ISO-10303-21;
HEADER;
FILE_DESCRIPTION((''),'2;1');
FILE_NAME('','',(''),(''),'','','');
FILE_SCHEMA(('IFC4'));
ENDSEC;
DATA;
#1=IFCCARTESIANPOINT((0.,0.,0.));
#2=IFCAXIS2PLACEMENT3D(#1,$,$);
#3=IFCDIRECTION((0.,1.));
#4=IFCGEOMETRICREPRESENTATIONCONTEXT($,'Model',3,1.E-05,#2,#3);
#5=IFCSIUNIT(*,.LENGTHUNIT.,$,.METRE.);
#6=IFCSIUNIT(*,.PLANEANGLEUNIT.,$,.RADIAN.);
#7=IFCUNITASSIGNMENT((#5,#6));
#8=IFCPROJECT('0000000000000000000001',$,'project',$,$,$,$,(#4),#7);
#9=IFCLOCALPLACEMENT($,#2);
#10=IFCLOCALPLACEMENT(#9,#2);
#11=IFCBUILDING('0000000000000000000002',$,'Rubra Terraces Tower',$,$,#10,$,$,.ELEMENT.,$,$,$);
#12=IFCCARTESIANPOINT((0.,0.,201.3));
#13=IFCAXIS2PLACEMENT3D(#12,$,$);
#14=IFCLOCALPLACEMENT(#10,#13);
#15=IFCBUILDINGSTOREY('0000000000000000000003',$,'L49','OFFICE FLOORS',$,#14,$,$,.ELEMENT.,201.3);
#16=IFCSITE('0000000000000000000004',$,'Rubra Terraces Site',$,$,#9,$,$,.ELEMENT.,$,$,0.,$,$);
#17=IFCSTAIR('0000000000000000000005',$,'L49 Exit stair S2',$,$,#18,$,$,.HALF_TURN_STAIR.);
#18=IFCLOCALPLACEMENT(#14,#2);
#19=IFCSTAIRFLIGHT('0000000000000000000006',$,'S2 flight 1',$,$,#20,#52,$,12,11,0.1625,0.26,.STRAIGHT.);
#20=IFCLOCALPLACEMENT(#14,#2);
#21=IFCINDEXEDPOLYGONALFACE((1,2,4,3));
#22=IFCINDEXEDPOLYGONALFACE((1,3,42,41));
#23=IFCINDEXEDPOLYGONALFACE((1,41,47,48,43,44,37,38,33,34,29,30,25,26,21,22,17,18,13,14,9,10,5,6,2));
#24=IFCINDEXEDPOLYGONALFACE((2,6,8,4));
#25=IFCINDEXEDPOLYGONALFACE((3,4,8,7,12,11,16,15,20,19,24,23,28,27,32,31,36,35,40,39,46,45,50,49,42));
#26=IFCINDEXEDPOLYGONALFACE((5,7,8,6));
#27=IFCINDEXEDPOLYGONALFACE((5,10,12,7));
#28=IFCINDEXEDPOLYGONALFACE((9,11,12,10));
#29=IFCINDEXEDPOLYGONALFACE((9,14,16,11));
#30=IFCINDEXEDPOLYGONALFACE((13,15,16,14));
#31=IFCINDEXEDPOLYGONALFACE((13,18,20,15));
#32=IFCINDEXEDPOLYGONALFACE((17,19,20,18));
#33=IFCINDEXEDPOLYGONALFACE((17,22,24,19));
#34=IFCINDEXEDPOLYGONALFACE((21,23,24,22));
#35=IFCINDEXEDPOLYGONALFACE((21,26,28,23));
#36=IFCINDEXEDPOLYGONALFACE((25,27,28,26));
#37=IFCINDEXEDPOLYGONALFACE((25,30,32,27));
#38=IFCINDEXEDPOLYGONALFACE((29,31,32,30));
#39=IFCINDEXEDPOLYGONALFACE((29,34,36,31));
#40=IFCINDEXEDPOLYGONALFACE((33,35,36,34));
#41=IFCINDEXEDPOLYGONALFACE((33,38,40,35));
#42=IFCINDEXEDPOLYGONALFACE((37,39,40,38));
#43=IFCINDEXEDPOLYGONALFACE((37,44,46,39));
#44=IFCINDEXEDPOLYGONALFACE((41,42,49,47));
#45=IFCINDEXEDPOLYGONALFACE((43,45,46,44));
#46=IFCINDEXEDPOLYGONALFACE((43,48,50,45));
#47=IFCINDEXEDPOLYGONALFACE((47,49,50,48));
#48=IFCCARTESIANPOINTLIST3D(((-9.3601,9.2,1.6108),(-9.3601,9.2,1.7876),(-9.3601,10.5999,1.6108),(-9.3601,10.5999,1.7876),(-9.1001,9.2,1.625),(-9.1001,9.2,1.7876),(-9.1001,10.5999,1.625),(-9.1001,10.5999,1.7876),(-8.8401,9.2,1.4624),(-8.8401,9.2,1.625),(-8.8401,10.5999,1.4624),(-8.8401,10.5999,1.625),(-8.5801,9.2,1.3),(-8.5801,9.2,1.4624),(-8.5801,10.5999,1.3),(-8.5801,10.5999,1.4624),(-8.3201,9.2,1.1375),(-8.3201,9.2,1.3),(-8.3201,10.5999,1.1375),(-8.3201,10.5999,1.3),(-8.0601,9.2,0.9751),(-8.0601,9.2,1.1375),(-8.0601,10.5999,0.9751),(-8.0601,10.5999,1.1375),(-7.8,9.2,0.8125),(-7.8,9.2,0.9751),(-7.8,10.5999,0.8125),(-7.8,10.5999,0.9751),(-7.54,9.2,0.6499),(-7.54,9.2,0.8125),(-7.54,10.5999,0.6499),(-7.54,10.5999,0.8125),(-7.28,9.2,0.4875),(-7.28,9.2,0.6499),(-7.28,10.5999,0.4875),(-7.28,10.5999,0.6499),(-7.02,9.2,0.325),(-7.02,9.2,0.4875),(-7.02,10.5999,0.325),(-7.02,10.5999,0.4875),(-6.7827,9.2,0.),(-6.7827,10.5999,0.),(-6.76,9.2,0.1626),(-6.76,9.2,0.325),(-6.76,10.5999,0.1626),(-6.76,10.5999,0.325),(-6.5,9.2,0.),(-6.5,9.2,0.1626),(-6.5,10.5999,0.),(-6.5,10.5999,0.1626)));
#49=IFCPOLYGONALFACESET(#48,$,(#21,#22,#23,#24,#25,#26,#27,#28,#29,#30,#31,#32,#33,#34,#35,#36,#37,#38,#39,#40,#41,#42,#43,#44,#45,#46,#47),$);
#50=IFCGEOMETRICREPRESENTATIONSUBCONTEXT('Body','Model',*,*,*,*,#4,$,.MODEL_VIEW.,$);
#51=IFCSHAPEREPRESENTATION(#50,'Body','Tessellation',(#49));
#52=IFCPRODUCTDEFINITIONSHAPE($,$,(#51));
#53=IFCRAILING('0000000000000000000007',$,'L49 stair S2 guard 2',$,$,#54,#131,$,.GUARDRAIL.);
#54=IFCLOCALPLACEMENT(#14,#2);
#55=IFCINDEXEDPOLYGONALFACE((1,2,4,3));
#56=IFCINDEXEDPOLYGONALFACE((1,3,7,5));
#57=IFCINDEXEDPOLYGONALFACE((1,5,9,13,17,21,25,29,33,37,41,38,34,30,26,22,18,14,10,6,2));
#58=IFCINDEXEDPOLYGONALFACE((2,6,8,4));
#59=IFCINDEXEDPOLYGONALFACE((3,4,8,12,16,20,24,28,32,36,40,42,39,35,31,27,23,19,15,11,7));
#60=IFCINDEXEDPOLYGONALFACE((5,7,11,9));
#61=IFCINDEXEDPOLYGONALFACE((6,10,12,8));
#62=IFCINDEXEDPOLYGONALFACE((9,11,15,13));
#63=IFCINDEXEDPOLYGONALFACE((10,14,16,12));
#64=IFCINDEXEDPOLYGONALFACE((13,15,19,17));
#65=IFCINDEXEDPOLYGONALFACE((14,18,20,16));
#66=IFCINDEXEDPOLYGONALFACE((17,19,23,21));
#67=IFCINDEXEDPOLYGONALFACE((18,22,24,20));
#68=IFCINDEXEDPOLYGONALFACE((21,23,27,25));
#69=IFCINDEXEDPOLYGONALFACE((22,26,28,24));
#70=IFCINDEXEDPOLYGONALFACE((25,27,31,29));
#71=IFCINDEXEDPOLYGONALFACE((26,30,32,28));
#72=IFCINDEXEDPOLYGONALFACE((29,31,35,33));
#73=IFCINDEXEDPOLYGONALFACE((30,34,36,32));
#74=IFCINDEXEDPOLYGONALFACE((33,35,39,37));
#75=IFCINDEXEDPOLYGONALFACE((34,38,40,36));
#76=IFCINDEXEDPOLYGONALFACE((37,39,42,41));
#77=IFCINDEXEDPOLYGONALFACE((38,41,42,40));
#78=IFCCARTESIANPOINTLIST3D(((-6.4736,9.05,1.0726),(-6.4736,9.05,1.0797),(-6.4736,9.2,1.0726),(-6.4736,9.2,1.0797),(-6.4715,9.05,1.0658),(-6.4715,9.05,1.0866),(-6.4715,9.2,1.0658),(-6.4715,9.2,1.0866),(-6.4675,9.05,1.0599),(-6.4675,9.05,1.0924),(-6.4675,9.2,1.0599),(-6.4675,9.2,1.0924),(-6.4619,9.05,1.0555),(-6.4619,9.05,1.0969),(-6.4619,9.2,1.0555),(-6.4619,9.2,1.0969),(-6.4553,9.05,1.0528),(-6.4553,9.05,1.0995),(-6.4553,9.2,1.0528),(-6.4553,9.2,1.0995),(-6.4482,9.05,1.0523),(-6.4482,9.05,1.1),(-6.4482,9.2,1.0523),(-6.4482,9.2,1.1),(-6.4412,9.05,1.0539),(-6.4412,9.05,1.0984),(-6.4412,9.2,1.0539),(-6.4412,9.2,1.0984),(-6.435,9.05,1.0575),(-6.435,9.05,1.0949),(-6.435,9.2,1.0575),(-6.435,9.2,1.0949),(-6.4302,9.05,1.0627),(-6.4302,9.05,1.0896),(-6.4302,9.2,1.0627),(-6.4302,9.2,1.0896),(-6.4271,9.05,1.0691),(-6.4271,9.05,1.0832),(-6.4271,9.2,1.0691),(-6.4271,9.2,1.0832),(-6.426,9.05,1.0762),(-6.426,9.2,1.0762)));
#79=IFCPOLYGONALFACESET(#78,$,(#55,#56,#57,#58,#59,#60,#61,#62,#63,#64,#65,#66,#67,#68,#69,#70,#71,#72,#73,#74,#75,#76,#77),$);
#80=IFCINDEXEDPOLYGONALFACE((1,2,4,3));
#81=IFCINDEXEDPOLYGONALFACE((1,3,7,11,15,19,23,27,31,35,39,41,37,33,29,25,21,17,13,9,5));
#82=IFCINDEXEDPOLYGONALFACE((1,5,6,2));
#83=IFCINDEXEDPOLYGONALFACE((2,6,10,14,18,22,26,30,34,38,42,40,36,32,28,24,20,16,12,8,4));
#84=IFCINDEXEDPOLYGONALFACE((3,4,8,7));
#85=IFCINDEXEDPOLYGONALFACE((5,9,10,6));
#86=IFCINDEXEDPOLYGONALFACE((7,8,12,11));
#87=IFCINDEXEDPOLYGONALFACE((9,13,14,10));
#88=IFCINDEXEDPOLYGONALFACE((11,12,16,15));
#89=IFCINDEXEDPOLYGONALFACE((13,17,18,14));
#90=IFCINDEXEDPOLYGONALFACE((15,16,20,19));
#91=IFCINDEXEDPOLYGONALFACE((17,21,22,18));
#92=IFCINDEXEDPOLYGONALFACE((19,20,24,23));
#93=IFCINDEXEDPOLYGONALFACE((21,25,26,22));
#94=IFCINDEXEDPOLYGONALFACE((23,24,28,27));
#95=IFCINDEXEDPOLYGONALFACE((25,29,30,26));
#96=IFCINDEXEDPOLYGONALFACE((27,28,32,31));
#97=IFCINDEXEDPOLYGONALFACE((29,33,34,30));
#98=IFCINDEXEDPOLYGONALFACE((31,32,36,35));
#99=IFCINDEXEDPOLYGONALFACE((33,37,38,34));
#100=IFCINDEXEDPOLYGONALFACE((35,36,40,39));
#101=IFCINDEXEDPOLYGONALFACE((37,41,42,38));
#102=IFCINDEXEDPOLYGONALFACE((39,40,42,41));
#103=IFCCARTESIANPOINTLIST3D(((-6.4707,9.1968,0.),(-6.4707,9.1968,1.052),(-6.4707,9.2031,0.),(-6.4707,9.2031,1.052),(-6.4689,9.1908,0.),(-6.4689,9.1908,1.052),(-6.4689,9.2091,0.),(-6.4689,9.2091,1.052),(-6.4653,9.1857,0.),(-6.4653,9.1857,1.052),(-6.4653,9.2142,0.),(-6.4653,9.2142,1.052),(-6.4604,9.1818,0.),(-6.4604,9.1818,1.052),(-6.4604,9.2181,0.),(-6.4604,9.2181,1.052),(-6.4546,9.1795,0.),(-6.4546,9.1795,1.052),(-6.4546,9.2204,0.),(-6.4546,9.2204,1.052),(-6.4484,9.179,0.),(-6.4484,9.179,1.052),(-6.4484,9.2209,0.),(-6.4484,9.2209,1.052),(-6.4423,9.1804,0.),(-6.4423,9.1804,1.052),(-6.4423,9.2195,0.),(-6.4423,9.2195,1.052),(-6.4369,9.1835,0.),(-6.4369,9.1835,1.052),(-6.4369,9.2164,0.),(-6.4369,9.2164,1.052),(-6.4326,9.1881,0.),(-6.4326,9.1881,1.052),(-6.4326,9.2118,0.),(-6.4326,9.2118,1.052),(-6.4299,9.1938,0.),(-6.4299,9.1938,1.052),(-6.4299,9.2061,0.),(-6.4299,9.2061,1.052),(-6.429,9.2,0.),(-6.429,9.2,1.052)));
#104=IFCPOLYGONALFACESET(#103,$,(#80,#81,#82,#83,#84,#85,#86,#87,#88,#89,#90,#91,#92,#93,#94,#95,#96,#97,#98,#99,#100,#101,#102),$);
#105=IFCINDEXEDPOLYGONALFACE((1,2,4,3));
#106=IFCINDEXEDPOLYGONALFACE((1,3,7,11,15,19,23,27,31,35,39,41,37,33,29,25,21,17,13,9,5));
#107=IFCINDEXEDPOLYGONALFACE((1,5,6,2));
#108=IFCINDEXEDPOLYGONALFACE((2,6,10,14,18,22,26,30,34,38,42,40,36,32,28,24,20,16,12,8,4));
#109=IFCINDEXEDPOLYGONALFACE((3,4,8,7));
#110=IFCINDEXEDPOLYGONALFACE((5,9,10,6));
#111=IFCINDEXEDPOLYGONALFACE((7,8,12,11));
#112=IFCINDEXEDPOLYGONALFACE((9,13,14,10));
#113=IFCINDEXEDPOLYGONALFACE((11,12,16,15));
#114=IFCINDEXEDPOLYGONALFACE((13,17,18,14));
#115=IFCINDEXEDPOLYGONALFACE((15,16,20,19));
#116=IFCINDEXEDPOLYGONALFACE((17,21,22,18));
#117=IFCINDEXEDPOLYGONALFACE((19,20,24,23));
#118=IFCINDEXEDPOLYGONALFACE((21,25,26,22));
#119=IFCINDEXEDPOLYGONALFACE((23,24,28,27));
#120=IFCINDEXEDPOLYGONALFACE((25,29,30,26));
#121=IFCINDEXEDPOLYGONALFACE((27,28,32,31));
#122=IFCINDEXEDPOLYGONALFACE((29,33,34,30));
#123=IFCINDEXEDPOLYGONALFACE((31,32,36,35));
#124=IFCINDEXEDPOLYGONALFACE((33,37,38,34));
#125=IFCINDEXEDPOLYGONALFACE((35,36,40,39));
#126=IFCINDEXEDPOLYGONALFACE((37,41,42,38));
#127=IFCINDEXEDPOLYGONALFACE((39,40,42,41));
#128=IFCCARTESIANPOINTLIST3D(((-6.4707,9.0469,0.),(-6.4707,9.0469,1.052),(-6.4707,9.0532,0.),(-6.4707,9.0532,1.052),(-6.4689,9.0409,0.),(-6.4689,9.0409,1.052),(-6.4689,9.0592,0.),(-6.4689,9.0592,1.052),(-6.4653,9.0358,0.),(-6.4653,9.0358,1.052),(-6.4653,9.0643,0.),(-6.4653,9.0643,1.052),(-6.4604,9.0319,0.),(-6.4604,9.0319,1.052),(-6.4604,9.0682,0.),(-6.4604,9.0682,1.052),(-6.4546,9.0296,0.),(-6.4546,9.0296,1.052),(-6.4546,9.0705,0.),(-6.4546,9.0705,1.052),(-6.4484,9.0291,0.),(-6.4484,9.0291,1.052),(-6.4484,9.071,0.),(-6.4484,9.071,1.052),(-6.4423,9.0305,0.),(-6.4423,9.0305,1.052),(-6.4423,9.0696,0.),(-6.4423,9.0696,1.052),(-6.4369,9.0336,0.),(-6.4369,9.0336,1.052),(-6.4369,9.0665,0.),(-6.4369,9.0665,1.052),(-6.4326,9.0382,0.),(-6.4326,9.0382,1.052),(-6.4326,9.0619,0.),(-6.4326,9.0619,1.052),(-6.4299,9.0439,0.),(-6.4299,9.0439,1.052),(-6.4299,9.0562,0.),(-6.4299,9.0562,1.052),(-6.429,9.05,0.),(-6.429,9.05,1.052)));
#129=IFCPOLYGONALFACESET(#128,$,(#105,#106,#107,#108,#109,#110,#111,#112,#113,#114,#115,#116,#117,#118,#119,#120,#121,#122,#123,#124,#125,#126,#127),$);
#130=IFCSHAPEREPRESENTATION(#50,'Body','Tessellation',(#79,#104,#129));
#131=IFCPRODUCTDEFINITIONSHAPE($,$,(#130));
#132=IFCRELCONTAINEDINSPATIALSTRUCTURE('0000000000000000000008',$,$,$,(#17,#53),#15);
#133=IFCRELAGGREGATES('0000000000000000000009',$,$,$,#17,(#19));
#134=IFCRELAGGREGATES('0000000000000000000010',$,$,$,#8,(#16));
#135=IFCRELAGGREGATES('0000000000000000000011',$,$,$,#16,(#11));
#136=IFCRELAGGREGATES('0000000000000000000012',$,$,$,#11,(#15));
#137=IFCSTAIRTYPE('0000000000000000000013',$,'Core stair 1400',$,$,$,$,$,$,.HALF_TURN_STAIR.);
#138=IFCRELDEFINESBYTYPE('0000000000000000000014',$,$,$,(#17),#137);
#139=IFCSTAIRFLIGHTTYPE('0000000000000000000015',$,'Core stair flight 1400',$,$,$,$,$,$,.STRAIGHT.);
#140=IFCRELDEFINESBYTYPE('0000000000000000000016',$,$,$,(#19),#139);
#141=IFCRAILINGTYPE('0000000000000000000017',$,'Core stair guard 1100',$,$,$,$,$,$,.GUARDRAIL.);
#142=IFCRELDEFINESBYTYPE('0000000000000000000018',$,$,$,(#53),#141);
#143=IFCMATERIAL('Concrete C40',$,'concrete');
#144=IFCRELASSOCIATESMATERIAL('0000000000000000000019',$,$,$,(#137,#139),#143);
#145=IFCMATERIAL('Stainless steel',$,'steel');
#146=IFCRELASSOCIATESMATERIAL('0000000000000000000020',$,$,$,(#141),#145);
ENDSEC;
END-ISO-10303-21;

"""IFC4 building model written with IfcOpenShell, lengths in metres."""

from ifc_helpers import new_model, si_unit, direction, frame, origin, origin_2d, place, context, subcontext, project, spatial, polyline, circle, outline, extrude, material, type_object, element, aggregate, save


model = new_model("IFC4")

# Units and contexts
model_context = context("Model", 3, precision=1e-05, world=origin(), true_north=direction((0.0, 1.0)))
body_context = subcontext(model_context, "Body", "Model", "MODEL_VIEW")
ifc_project = project(units=[si_unit("LENGTHUNIT", "METRE"), si_unit("PLANEANGLEUNIT", "RADIAN")], contexts=[model_context])

# Site, building, storey
site_placement = place(None, origin())
site = spatial("IfcSite", under=ifc_project, at=site_placement, Name="Rubra Terraces Site", CompositionType="ELEMENT", RefElevation=0.0)
building_placement = place(site_placement, origin())
building = spatial("IfcBuilding", under=site, at=building_placement, Name="Rubra Terraces Tower", CompositionType="ELEMENT")
storey_placement = place(building_placement, frame((0.0, 0.0, 201.3)))
storey = spatial("IfcBuildingStorey", under=building, at=storey_placement, Name="L49", Description="OFFICE FLOORS", CompositionType="ELEMENT", Elevation=201.3)

# Shared definitions
ifc_material_1 = material(Name="Stainless steel", Category="steel")

# Stair, stair flight
ifc_material_2 = material(Name="Concrete C40", Category="concrete")
stair_type = type_object("IfcStairType", Name="Core stair 1400", PredefinedType="HALF_TURN_STAIR", material=ifc_material_2)
stair_placement = place(storey_placement, origin())
stair = element("IfcStair", 1, at=stair_placement, inside=storey, type_object=stair_type, Name="L49 Exit stair S2", PredefinedType="HALF_TURN_STAIR")
stair_flight_type = type_object("IfcStairFlightType", Name="Core stair flight 1400", PredefinedType="STRAIGHT", material=ifc_material_2)
stair_flight_placement = place(storey_placement, frame((-6.5, 9.8999, 0.0), z_axis=(0.0, 0.0, 1.0), x_axis=(-1.0, 0.0, 0.0)))
stair_flight = element("IfcStairFlight", 2, at=stair_flight_placement, type_object=stair_flight_type, Name="S2 flight 1", NumberOfRisers=12, NumberOfTreads=11, PredefinedType="STRAIGHT", RiserHeight=0.1625, TreadLength=0.26, context=body_context, shape_type="SweptSolid", body=[
    extrude(outline(polyline([(0.0, 0.0), (0.0, 0.1626), (0.26, 0.1626), (0.26, 0.325), (0.52, 0.325), (0.52, 0.4875), (0.78, 0.4875), (0.78, 0.6499), (1.04, 0.6499), (1.04, 0.8125), (1.3, 0.8125), (1.3, 0.9751), (1.5601, 0.9751), (1.5601, 1.1375), (1.8201, 1.1375), (1.8201, 1.3), (2.0801, 1.3), (2.0801, 1.4624), (2.3401, 1.4624), (2.3401, 1.625), (2.6001, 1.625), (2.6001, 1.7876), (2.8601, 1.7876), (2.8601, 1.95), (2.8601, 1.6108), (0.2827, 0.0), (0.0, 0.0)])), frame((0.0, 0.7, 0.0), z_axis=(0.0, -1.0, 0.0), x_axis=(1.0, 0.0, 0.0)), (0.0, 0.0, 1.0), 1.3999),
])
aggregate(stair, [stair_flight])

# Railing
railing_type_1 = type_object("IfcRailingType", Name="Core stair guard 1100", PredefinedType="GUARDRAIL", material=ifc_material_1)
railing_1_placement = place(storey_placement, frame((-6.45, 9.2, 0.0)))
element("IfcRailing", 3, at=railing_1_placement, inside=storey, type_object=railing_type_1, Name="L49 stair S2 guard 2", PredefinedType="GUARDRAIL", context=body_context, shape_type="SweptSolid", body=[
    extrude(circle(Radius=0.0239, at=origin_2d()), frame((0.0, 0.0, 1.0762), z_axis=(0.0, -1.0, 0.0), x_axis=(1.0, 0.0, 0.0)), (0.0, 0.0, 1.0), 0.1499),
    extrude(circle(Radius=0.021, at=origin_2d()), origin(), (0.0, 0.0, 1.0), 1.052),
    extrude(circle(Radius=0.021, at=origin_2d()), frame((0.0, -0.1499, 0.0)), (0.0, 0.0, 1.0), 1.052),
])

save(model, "model.ifc")
